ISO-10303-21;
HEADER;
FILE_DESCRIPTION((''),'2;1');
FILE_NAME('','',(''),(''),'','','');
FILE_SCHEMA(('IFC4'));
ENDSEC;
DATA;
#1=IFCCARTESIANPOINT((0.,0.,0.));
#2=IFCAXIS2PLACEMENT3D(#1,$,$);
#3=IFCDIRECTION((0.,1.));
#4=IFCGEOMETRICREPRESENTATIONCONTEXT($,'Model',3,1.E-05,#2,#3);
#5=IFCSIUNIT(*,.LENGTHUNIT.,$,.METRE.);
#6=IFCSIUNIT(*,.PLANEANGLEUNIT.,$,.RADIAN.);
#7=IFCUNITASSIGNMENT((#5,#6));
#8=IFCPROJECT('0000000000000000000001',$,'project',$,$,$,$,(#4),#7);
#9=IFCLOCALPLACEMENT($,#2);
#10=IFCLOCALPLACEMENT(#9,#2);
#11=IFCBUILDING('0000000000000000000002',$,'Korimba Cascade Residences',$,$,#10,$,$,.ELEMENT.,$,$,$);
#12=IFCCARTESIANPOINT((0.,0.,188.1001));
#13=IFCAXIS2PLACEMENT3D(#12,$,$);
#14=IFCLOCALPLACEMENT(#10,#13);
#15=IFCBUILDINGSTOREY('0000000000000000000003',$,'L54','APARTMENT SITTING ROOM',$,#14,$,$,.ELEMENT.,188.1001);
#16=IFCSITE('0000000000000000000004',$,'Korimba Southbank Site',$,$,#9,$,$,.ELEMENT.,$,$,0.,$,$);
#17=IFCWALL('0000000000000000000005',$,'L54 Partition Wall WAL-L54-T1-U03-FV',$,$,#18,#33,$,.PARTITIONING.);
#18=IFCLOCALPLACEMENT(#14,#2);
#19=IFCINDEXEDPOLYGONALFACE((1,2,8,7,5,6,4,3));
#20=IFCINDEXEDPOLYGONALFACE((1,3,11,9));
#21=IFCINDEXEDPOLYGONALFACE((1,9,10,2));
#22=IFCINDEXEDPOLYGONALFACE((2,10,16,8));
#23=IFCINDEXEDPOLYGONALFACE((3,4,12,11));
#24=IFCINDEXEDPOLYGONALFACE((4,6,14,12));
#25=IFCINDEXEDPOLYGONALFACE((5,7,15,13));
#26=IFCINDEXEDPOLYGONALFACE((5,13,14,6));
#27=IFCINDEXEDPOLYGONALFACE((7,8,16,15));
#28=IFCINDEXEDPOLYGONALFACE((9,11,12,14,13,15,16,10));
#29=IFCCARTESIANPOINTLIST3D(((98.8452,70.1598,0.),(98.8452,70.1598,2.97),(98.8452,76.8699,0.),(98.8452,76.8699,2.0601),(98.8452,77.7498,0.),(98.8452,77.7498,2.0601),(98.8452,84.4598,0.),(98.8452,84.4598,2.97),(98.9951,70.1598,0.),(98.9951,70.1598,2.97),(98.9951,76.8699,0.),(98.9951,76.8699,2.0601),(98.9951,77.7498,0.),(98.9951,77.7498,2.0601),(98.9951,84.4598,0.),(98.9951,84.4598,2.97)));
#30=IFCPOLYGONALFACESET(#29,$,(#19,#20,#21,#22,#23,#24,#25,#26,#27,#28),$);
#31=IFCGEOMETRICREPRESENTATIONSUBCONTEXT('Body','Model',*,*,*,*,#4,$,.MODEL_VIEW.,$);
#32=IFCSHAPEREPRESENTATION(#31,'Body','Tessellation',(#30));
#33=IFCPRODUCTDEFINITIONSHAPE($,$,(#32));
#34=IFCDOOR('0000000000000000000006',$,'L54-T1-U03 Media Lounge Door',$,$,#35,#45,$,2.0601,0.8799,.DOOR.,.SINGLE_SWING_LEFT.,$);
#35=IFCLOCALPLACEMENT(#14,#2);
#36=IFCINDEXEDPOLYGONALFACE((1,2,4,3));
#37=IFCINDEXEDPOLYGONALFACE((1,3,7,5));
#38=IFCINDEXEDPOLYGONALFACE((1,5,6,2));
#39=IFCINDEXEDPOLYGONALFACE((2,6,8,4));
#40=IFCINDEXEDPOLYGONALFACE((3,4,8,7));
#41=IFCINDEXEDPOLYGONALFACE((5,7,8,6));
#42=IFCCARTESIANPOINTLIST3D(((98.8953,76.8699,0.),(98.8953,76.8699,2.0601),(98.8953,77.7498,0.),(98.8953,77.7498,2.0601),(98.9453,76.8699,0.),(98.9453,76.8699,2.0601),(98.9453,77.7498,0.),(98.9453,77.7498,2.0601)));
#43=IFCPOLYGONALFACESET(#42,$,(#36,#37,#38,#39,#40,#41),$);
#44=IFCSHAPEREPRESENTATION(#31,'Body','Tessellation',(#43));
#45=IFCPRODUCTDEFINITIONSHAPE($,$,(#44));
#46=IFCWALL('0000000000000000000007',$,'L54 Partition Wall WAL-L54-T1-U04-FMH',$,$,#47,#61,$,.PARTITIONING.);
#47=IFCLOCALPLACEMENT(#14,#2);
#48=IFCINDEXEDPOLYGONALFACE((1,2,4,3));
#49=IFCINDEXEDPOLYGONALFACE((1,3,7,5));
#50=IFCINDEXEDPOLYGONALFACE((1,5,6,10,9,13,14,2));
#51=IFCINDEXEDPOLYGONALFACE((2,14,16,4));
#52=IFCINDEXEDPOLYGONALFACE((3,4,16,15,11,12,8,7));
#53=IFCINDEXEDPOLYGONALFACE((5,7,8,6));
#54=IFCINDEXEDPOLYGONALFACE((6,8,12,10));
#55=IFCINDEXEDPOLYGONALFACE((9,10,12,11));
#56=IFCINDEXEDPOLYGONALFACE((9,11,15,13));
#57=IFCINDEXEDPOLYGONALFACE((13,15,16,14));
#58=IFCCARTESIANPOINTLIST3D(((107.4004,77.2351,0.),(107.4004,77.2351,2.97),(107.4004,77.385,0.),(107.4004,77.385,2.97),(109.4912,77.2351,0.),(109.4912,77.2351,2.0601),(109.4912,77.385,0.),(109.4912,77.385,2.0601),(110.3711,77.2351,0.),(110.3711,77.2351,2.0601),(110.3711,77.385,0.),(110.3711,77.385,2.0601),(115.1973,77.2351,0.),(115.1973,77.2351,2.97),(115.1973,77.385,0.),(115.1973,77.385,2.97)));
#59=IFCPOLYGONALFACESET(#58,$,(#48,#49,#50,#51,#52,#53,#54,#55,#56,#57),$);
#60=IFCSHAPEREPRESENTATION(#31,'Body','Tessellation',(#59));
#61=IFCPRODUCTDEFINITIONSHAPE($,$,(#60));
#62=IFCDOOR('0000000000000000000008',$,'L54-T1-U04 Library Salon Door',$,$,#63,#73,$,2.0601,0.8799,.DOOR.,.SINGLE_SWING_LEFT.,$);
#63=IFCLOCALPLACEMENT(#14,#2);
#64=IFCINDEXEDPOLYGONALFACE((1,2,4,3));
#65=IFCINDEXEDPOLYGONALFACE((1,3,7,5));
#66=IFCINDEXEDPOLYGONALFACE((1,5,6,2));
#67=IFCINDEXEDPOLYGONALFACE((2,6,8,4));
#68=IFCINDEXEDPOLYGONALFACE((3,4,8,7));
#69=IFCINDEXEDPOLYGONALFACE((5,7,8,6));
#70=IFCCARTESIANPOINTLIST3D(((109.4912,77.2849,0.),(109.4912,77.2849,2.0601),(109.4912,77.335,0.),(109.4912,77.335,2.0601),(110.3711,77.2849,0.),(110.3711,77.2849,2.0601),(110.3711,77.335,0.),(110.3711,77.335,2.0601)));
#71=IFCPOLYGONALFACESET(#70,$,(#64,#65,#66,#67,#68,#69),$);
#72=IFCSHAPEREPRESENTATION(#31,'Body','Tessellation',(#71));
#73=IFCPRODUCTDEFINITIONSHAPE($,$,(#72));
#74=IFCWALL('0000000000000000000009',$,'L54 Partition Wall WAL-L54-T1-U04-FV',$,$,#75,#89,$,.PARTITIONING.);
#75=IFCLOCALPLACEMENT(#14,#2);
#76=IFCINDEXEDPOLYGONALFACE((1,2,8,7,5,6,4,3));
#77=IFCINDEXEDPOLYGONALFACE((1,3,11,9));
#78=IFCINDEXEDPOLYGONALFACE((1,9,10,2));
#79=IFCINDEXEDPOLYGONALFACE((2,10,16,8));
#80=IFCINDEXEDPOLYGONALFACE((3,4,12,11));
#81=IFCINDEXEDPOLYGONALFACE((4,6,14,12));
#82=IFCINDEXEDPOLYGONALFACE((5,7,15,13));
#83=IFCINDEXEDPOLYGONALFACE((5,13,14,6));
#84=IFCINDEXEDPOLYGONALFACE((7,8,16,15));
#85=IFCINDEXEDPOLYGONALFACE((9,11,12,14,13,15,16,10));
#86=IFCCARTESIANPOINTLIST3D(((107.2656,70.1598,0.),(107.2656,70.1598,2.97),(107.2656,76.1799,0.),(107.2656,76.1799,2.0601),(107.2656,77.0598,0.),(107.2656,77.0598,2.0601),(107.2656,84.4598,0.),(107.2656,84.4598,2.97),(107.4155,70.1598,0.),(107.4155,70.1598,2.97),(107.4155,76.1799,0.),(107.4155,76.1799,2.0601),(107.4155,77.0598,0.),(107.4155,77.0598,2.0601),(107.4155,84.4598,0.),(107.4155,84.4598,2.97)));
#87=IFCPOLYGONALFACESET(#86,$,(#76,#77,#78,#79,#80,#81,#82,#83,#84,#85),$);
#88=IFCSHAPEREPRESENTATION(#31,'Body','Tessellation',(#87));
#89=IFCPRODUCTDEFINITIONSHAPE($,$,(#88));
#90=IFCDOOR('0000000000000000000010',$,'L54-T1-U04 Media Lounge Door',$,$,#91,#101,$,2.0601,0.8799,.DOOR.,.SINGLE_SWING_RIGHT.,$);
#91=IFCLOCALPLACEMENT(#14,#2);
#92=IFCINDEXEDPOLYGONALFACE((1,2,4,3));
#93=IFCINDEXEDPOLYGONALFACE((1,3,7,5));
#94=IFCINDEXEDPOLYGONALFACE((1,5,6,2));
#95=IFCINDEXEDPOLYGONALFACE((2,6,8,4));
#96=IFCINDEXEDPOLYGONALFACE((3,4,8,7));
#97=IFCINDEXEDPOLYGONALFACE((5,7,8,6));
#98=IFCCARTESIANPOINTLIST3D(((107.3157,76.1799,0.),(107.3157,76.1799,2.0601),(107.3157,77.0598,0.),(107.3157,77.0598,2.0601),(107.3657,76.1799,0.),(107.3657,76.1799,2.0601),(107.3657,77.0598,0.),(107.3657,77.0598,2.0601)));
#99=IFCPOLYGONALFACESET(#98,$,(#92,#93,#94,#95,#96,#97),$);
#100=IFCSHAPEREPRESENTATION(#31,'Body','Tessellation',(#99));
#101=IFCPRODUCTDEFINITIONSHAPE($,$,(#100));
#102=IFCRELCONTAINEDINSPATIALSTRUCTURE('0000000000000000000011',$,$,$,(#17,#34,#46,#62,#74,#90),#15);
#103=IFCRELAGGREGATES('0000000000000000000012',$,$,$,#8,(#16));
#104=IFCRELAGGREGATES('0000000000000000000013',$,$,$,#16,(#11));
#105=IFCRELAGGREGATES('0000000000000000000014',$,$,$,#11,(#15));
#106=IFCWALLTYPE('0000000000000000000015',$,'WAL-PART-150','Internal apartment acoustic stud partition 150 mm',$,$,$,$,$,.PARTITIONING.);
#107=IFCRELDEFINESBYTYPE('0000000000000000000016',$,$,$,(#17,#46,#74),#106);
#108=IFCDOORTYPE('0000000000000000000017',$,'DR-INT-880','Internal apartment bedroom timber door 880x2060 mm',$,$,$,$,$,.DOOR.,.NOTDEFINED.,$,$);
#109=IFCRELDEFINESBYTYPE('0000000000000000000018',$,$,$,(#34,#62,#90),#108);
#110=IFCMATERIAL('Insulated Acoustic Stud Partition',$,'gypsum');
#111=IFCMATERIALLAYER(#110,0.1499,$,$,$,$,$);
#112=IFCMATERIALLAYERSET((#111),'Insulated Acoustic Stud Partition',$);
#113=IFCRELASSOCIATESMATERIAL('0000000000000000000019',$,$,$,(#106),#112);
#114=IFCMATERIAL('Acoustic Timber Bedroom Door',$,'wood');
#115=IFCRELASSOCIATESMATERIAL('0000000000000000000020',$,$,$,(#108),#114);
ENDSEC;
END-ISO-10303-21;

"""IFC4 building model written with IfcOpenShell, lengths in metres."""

from ifc_helpers import new_model, si_unit, direction, frame, frame_2d, origin, place, context, subcontext, project, spatial, rectangle, extrude, material, layer, layer_set, type_object, element, fill, save


model = new_model("IFC4")

# Units and contexts
model_context = context("Model", 3, precision=1e-05, world=origin(), true_north=direction((0.0, 1.0)))
body_context = subcontext(model_context, "Body", "Model", "MODEL_VIEW")
ifc_project = project(units=[si_unit("LENGTHUNIT", "METRE"), si_unit("PLANEANGLEUNIT", "RADIAN")], contexts=[model_context])

# Site, building, storey
site_placement = place(None, origin())
site = spatial("IfcSite", under=ifc_project, at=site_placement, Name="Korimba Southbank Site", CompositionType="ELEMENT", RefElevation=0.0)
building_placement = place(site_placement, origin())
building = spatial("IfcBuilding", under=site, at=building_placement, Name="Korimba Cascade Residences", CompositionType="ELEMENT")
storey_placement = place(building_placement, frame((0.0, 0.0, 188.1001)))
storey = spatial("IfcBuildingStorey", under=building, at=storey_placement, Name="L54", Description="APARTMENT SITTING ROOM", CompositionType="ELEMENT", Elevation=188.1001)

# Walls, openings, doors
ifc_material_1 = material(Name="Insulated Acoustic Stud Partition", Category="gypsum")
ifc_layer_1 = layer(ifc_material_1, 0.1499)
ifc_layer_set_1 = layer_set([ifc_layer_1], Name="Insulated Acoustic Stud Partition")
wall_type_1 = type_object("IfcWallType", Name="WAL-PART-150", Description="Internal apartment acoustic stud partition 150 mm", PredefinedType="PARTITIONING", material=ifc_layer_set_1)
wall_1_placement = place(storey_placement, frame((98.9202, 70.1599, 0.0), z_axis=(0.0, 0.0, 1.0), x_axis=(0.0, 1.0, 0.0)))
wall_1 = element("IfcWall", 1, at=wall_1_placement, inside=storey, type_object=wall_type_1, Name="L54 Partition Wall WAL-L54-T1-U03-FV", PredefinedType="PARTITIONING", context=body_context, shape_type="SweptSolid", body=[
    extrude(rectangle(XDim=14.3, YDim=0.1499, at=frame_2d((7.1499, 0.0))), origin(), (0.0, 0.0, 1.0), 2.97),
])
opening_1_placement = place(wall_1_placement, frame((6.71, 0.0, 0.0)))
opening_1 = element("IfcOpeningElement", 2, at=opening_1_placement, cuts=wall_1, PredefinedType="OPENING", context=body_context, shape_type="SweptSolid", body=[
    extrude(rectangle(XDim=0.8799, YDim=2.0601, at=frame_2d((0.4399, 1.03))), frame((0.0, 0.085, 0.0), z_axis=(0.0, -1.0, 0.0), x_axis=(1.0, 0.0, 0.0)), (0.0, 0.0, 1.0), 0.1699),
])
ifc_material_2 = material(Name="Acoustic Timber Bedroom Door", Category="wood")
door_type = type_object("IfcDoorType", Name="DR-INT-880", Description="Internal apartment bedroom timber door 880x2060 mm", OperationType="NOTDEFINED", PredefinedType="DOOR", material=ifc_material_2)
door_1_placement = place(opening_1_placement, origin())
door_1 = element("IfcDoor", 3, at=door_1_placement, inside=storey, type_object=door_type, Name="L54-T1-U03 Media Lounge Door", OperationType="SINGLE_SWING_LEFT", OverallHeight=2.0601, OverallWidth=0.8799, PredefinedType="DOOR", context=body_context, shape_type="SweptSolid", body=[
    extrude(rectangle(XDim=0.8799, YDim=2.0601, at=frame_2d((0.4399, 1.03))), frame((0.0, 0.0249, 0.0), z_axis=(0.0, -1.0, 0.0), x_axis=(1.0, 0.0, 0.0)), (0.0, 0.0, 1.0), 0.05),
])
fill(opening_1, door_1)
wall_2_placement = place(storey_placement, frame((107.4004, 77.3101, 0.0), z_axis=(0.0, 0.0, 1.0), x_axis=(1.0, 0.0, 0.0)))
wall_2 = element("IfcWall", 4, at=wall_2_placement, inside=storey, type_object=wall_type_1, Name="L54 Partition Wall WAL-L54-T1-U04-FMH", PredefinedType="PARTITIONING", context=body_context, shape_type="SweptSolid", body=[
    extrude(rectangle(XDim=7.7969, YDim=0.1499, at=frame_2d((3.8984, 0.0))), origin(), (0.0, 0.0, 1.0), 2.97),
])
opening_2_placement = place(wall_2_placement, frame((2.0908, 0.0, 0.0)))
opening_2 = element("IfcOpeningElement", 5, at=opening_2_placement, cuts=wall_2, PredefinedType="OPENING", context=body_context, shape_type="SweptSolid", body=[
    extrude(rectangle(XDim=0.8799, YDim=2.0601, at=frame_2d((0.4399, 1.03))), frame((0.0, 0.085, 0.0), z_axis=(0.0, -1.0, 0.0), x_axis=(1.0, 0.0, 0.0)), (0.0, 0.0, 1.0), 0.1699),
])
door_2_placement = place(opening_2_placement, origin())
door_2 = element("IfcDoor", 6, at=door_2_placement, inside=storey, type_object=door_type, Name="L54-T1-U04 Library Salon Door", OperationType="SINGLE_SWING_LEFT", OverallHeight=2.0601, OverallWidth=0.8799, PredefinedType="DOOR", context=body_context, shape_type="SweptSolid", body=[
    extrude(rectangle(XDim=0.8799, YDim=2.0601, at=frame_2d((0.4399, 1.03))), frame((0.0, 0.0249, 0.0), z_axis=(0.0, -1.0, 0.0), x_axis=(1.0, 0.0, 0.0)), (0.0, 0.0, 1.0), 0.05),
])
fill(opening_2, door_2)
wall_3_placement = place(storey_placement, frame((107.3406, 70.1599, 0.0), z_axis=(0.0, 0.0, 1.0), x_axis=(0.0, 1.0, 0.0)))
wall_3 = element("IfcWall", 7, at=wall_3_placement, inside=storey, type_object=wall_type_1, Name="L54 Partition Wall WAL-L54-T1-U04-FV", PredefinedType="PARTITIONING", context=body_context, shape_type="SweptSolid", body=[
    extrude(rectangle(XDim=14.3, YDim=0.1499, at=frame_2d((7.1499, 0.0))), origin(), (0.0, 0.0, 1.0), 2.97),
])
opening_3_placement = place(wall_3_placement, frame((6.02, 0.0, 0.0)))
opening_3 = element("IfcOpeningElement", 8, at=opening_3_placement, cuts=wall_3, PredefinedType="OPENING", context=body_context, shape_type="SweptSolid", body=[
    extrude(rectangle(XDim=0.8799, YDim=2.0601, at=frame_2d((0.4399, 1.03))), frame((0.0, 0.085, 0.0), z_axis=(0.0, -1.0, 0.0), x_axis=(1.0, 0.0, 0.0)), (0.0, 0.0, 1.0), 0.1699),
])
door_3_placement = place(opening_3_placement, origin())
door_3 = element("IfcDoor", 9, at=door_3_placement, inside=storey, type_object=door_type, Name="L54-T1-U04 Media Lounge Door", OperationType="SINGLE_SWING_RIGHT", OverallHeight=2.0601, OverallWidth=0.8799, PredefinedType="DOOR", context=body_context, shape_type="SweptSolid", body=[
    extrude(rectangle(XDim=0.8799, YDim=2.0601, at=frame_2d((0.4399, 1.03))), frame((0.0, 0.0249, 0.0), z_axis=(0.0, -1.0, 0.0), x_axis=(1.0, 0.0, 0.0)), (0.0, 0.0, 1.0), 0.05),
])
fill(opening_3, door_3)

save(model, "model.ifc")
